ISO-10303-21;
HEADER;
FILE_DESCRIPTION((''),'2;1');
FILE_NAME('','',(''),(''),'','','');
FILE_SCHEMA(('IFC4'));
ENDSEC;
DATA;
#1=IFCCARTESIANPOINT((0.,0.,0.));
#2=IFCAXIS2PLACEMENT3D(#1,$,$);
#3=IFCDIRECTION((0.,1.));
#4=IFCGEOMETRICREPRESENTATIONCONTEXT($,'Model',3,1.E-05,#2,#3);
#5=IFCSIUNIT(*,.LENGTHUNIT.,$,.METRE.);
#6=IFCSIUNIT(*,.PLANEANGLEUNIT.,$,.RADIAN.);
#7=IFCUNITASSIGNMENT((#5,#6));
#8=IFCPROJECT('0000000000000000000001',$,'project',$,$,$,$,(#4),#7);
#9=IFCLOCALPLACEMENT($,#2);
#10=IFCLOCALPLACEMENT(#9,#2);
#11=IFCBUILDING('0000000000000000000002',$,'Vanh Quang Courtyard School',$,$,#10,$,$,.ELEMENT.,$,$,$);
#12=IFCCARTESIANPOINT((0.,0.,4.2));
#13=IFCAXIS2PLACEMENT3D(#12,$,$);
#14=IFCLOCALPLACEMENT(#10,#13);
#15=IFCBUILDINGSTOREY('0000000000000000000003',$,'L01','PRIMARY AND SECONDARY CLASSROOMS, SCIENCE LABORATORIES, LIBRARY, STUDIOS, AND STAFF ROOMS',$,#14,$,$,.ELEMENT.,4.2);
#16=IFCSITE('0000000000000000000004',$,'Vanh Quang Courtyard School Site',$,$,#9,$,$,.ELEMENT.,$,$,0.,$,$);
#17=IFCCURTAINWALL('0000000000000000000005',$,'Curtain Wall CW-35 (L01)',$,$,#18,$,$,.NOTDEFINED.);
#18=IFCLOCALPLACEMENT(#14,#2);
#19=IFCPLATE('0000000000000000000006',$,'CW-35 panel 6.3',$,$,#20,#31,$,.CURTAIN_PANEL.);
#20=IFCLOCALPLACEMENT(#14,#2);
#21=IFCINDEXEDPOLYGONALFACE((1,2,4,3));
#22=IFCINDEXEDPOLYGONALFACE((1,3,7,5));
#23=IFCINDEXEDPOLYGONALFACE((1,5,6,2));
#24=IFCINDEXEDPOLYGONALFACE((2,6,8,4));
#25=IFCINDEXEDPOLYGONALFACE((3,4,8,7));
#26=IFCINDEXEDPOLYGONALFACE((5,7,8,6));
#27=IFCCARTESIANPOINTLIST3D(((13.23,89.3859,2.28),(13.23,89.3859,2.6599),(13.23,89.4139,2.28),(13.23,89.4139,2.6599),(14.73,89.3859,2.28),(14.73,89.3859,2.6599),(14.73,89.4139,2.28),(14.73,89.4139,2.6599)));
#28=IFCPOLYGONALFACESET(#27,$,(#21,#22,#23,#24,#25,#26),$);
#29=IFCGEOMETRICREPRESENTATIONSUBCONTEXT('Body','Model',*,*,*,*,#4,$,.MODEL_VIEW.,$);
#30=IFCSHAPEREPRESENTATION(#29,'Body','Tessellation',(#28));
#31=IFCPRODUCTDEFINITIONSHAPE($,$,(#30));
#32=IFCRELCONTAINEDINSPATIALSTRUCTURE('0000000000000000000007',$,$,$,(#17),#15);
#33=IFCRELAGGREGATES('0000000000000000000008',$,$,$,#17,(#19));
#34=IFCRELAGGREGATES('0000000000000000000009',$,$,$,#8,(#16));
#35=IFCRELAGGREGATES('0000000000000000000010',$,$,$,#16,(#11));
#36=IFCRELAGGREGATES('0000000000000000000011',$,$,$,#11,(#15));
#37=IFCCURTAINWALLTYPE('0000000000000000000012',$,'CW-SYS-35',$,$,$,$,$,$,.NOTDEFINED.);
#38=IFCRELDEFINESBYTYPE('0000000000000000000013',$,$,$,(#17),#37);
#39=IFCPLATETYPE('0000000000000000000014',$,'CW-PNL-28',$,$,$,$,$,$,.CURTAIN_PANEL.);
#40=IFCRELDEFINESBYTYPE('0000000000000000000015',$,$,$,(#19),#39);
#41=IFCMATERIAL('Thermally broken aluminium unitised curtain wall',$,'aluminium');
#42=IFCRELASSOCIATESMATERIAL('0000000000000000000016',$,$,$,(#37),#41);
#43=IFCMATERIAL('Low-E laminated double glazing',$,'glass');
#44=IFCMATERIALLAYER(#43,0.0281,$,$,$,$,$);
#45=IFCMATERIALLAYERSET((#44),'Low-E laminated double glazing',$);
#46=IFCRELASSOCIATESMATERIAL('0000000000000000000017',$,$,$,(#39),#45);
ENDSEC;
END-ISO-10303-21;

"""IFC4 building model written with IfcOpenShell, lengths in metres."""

from ifc_helpers import new_model, si_unit, direction, frame, origin, origin_2d, place, context, subcontext, project, spatial, rectangle, extrude, material, layer, layer_set, type_object, element, aggregate, save


model = new_model("IFC4")

# Units and contexts
model_context = context("Model", 3, precision=1e-05, world=origin(), true_north=direction((0.0, 1.0)))
body_context = subcontext(model_context, "Body", "Model", "MODEL_VIEW")
ifc_project = project(units=[si_unit("LENGTHUNIT", "METRE"), si_unit("PLANEANGLEUNIT", "RADIAN")], contexts=[model_context])

# Site, building, storey
site_placement = place(None, origin())
site = spatial("IfcSite", under=ifc_project, at=site_placement, Name="Vanh Quang Courtyard School Site", CompositionType="ELEMENT", RefElevation=0.0)
building_placement = place(site_placement, origin())
building = spatial("IfcBuilding", under=site, at=building_placement, Name="Vanh Quang Courtyard School", CompositionType="ELEMENT")
storey_placement = place(building_placement, frame((0.0, 0.0, 4.2)))
storey = spatial("IfcBuildingStorey", under=building, at=storey_placement, Name="L01", Description="PRIMARY AND SECONDARY CLASSROOMS, SCIENCE LABORATORIES, LIBRARY, STUDIOS, AND STAFF ROOMS", CompositionType="ELEMENT", Elevation=4.2)

# Curtain wall, plate
ifc_material_1 = material(Name="Thermally broken aluminium unitised curtain wall", Category="aluminium")
curtain_wall_type = type_object("IfcCurtainWallType", Name="CW-SYS-35", PredefinedType="NOTDEFINED", material=ifc_material_1)
curtain_wall_placement = place(storey_placement, origin())
curtain_wall = element("IfcCurtainWall", 1, at=curtain_wall_placement, inside=storey, type_object=curtain_wall_type, Name="Curtain Wall CW-35 (L01)", PredefinedType="NOTDEFINED")
ifc_material_2 = material(Name="Low-E laminated double glazing", Category="glass")
ifc_layer = layer(ifc_material_2, 0.0281)
ifc_layer_set = layer_set([ifc_layer], Name="Low-E laminated double glazing")
plate_type = type_object("IfcPlateType", Name="CW-PNL-28", PredefinedType="CURTAIN_PANEL", material=ifc_layer_set)
plate_1_placement = place(storey_placement, frame((13.98, 89.3999, 2.28), z_axis=(0.0, 0.0, 1.0), x_axis=(1.0, 0.0, 0.0)))
plate_1 = element("IfcPlate", 2, at=plate_1_placement, type_object=plate_type, Name="CW-35 panel 6.3", PredefinedType="CURTAIN_PANEL", context=body_context, shape_type="SweptSolid", body=[
    extrude(rectangle(XDim=1.5, YDim=0.0281, at=origin_2d()), origin(), (0.0, 0.0, 1.0), 0.3799),
])
aggregate(curtain_wall, [plate_1])

save(model, "model.ifc")
